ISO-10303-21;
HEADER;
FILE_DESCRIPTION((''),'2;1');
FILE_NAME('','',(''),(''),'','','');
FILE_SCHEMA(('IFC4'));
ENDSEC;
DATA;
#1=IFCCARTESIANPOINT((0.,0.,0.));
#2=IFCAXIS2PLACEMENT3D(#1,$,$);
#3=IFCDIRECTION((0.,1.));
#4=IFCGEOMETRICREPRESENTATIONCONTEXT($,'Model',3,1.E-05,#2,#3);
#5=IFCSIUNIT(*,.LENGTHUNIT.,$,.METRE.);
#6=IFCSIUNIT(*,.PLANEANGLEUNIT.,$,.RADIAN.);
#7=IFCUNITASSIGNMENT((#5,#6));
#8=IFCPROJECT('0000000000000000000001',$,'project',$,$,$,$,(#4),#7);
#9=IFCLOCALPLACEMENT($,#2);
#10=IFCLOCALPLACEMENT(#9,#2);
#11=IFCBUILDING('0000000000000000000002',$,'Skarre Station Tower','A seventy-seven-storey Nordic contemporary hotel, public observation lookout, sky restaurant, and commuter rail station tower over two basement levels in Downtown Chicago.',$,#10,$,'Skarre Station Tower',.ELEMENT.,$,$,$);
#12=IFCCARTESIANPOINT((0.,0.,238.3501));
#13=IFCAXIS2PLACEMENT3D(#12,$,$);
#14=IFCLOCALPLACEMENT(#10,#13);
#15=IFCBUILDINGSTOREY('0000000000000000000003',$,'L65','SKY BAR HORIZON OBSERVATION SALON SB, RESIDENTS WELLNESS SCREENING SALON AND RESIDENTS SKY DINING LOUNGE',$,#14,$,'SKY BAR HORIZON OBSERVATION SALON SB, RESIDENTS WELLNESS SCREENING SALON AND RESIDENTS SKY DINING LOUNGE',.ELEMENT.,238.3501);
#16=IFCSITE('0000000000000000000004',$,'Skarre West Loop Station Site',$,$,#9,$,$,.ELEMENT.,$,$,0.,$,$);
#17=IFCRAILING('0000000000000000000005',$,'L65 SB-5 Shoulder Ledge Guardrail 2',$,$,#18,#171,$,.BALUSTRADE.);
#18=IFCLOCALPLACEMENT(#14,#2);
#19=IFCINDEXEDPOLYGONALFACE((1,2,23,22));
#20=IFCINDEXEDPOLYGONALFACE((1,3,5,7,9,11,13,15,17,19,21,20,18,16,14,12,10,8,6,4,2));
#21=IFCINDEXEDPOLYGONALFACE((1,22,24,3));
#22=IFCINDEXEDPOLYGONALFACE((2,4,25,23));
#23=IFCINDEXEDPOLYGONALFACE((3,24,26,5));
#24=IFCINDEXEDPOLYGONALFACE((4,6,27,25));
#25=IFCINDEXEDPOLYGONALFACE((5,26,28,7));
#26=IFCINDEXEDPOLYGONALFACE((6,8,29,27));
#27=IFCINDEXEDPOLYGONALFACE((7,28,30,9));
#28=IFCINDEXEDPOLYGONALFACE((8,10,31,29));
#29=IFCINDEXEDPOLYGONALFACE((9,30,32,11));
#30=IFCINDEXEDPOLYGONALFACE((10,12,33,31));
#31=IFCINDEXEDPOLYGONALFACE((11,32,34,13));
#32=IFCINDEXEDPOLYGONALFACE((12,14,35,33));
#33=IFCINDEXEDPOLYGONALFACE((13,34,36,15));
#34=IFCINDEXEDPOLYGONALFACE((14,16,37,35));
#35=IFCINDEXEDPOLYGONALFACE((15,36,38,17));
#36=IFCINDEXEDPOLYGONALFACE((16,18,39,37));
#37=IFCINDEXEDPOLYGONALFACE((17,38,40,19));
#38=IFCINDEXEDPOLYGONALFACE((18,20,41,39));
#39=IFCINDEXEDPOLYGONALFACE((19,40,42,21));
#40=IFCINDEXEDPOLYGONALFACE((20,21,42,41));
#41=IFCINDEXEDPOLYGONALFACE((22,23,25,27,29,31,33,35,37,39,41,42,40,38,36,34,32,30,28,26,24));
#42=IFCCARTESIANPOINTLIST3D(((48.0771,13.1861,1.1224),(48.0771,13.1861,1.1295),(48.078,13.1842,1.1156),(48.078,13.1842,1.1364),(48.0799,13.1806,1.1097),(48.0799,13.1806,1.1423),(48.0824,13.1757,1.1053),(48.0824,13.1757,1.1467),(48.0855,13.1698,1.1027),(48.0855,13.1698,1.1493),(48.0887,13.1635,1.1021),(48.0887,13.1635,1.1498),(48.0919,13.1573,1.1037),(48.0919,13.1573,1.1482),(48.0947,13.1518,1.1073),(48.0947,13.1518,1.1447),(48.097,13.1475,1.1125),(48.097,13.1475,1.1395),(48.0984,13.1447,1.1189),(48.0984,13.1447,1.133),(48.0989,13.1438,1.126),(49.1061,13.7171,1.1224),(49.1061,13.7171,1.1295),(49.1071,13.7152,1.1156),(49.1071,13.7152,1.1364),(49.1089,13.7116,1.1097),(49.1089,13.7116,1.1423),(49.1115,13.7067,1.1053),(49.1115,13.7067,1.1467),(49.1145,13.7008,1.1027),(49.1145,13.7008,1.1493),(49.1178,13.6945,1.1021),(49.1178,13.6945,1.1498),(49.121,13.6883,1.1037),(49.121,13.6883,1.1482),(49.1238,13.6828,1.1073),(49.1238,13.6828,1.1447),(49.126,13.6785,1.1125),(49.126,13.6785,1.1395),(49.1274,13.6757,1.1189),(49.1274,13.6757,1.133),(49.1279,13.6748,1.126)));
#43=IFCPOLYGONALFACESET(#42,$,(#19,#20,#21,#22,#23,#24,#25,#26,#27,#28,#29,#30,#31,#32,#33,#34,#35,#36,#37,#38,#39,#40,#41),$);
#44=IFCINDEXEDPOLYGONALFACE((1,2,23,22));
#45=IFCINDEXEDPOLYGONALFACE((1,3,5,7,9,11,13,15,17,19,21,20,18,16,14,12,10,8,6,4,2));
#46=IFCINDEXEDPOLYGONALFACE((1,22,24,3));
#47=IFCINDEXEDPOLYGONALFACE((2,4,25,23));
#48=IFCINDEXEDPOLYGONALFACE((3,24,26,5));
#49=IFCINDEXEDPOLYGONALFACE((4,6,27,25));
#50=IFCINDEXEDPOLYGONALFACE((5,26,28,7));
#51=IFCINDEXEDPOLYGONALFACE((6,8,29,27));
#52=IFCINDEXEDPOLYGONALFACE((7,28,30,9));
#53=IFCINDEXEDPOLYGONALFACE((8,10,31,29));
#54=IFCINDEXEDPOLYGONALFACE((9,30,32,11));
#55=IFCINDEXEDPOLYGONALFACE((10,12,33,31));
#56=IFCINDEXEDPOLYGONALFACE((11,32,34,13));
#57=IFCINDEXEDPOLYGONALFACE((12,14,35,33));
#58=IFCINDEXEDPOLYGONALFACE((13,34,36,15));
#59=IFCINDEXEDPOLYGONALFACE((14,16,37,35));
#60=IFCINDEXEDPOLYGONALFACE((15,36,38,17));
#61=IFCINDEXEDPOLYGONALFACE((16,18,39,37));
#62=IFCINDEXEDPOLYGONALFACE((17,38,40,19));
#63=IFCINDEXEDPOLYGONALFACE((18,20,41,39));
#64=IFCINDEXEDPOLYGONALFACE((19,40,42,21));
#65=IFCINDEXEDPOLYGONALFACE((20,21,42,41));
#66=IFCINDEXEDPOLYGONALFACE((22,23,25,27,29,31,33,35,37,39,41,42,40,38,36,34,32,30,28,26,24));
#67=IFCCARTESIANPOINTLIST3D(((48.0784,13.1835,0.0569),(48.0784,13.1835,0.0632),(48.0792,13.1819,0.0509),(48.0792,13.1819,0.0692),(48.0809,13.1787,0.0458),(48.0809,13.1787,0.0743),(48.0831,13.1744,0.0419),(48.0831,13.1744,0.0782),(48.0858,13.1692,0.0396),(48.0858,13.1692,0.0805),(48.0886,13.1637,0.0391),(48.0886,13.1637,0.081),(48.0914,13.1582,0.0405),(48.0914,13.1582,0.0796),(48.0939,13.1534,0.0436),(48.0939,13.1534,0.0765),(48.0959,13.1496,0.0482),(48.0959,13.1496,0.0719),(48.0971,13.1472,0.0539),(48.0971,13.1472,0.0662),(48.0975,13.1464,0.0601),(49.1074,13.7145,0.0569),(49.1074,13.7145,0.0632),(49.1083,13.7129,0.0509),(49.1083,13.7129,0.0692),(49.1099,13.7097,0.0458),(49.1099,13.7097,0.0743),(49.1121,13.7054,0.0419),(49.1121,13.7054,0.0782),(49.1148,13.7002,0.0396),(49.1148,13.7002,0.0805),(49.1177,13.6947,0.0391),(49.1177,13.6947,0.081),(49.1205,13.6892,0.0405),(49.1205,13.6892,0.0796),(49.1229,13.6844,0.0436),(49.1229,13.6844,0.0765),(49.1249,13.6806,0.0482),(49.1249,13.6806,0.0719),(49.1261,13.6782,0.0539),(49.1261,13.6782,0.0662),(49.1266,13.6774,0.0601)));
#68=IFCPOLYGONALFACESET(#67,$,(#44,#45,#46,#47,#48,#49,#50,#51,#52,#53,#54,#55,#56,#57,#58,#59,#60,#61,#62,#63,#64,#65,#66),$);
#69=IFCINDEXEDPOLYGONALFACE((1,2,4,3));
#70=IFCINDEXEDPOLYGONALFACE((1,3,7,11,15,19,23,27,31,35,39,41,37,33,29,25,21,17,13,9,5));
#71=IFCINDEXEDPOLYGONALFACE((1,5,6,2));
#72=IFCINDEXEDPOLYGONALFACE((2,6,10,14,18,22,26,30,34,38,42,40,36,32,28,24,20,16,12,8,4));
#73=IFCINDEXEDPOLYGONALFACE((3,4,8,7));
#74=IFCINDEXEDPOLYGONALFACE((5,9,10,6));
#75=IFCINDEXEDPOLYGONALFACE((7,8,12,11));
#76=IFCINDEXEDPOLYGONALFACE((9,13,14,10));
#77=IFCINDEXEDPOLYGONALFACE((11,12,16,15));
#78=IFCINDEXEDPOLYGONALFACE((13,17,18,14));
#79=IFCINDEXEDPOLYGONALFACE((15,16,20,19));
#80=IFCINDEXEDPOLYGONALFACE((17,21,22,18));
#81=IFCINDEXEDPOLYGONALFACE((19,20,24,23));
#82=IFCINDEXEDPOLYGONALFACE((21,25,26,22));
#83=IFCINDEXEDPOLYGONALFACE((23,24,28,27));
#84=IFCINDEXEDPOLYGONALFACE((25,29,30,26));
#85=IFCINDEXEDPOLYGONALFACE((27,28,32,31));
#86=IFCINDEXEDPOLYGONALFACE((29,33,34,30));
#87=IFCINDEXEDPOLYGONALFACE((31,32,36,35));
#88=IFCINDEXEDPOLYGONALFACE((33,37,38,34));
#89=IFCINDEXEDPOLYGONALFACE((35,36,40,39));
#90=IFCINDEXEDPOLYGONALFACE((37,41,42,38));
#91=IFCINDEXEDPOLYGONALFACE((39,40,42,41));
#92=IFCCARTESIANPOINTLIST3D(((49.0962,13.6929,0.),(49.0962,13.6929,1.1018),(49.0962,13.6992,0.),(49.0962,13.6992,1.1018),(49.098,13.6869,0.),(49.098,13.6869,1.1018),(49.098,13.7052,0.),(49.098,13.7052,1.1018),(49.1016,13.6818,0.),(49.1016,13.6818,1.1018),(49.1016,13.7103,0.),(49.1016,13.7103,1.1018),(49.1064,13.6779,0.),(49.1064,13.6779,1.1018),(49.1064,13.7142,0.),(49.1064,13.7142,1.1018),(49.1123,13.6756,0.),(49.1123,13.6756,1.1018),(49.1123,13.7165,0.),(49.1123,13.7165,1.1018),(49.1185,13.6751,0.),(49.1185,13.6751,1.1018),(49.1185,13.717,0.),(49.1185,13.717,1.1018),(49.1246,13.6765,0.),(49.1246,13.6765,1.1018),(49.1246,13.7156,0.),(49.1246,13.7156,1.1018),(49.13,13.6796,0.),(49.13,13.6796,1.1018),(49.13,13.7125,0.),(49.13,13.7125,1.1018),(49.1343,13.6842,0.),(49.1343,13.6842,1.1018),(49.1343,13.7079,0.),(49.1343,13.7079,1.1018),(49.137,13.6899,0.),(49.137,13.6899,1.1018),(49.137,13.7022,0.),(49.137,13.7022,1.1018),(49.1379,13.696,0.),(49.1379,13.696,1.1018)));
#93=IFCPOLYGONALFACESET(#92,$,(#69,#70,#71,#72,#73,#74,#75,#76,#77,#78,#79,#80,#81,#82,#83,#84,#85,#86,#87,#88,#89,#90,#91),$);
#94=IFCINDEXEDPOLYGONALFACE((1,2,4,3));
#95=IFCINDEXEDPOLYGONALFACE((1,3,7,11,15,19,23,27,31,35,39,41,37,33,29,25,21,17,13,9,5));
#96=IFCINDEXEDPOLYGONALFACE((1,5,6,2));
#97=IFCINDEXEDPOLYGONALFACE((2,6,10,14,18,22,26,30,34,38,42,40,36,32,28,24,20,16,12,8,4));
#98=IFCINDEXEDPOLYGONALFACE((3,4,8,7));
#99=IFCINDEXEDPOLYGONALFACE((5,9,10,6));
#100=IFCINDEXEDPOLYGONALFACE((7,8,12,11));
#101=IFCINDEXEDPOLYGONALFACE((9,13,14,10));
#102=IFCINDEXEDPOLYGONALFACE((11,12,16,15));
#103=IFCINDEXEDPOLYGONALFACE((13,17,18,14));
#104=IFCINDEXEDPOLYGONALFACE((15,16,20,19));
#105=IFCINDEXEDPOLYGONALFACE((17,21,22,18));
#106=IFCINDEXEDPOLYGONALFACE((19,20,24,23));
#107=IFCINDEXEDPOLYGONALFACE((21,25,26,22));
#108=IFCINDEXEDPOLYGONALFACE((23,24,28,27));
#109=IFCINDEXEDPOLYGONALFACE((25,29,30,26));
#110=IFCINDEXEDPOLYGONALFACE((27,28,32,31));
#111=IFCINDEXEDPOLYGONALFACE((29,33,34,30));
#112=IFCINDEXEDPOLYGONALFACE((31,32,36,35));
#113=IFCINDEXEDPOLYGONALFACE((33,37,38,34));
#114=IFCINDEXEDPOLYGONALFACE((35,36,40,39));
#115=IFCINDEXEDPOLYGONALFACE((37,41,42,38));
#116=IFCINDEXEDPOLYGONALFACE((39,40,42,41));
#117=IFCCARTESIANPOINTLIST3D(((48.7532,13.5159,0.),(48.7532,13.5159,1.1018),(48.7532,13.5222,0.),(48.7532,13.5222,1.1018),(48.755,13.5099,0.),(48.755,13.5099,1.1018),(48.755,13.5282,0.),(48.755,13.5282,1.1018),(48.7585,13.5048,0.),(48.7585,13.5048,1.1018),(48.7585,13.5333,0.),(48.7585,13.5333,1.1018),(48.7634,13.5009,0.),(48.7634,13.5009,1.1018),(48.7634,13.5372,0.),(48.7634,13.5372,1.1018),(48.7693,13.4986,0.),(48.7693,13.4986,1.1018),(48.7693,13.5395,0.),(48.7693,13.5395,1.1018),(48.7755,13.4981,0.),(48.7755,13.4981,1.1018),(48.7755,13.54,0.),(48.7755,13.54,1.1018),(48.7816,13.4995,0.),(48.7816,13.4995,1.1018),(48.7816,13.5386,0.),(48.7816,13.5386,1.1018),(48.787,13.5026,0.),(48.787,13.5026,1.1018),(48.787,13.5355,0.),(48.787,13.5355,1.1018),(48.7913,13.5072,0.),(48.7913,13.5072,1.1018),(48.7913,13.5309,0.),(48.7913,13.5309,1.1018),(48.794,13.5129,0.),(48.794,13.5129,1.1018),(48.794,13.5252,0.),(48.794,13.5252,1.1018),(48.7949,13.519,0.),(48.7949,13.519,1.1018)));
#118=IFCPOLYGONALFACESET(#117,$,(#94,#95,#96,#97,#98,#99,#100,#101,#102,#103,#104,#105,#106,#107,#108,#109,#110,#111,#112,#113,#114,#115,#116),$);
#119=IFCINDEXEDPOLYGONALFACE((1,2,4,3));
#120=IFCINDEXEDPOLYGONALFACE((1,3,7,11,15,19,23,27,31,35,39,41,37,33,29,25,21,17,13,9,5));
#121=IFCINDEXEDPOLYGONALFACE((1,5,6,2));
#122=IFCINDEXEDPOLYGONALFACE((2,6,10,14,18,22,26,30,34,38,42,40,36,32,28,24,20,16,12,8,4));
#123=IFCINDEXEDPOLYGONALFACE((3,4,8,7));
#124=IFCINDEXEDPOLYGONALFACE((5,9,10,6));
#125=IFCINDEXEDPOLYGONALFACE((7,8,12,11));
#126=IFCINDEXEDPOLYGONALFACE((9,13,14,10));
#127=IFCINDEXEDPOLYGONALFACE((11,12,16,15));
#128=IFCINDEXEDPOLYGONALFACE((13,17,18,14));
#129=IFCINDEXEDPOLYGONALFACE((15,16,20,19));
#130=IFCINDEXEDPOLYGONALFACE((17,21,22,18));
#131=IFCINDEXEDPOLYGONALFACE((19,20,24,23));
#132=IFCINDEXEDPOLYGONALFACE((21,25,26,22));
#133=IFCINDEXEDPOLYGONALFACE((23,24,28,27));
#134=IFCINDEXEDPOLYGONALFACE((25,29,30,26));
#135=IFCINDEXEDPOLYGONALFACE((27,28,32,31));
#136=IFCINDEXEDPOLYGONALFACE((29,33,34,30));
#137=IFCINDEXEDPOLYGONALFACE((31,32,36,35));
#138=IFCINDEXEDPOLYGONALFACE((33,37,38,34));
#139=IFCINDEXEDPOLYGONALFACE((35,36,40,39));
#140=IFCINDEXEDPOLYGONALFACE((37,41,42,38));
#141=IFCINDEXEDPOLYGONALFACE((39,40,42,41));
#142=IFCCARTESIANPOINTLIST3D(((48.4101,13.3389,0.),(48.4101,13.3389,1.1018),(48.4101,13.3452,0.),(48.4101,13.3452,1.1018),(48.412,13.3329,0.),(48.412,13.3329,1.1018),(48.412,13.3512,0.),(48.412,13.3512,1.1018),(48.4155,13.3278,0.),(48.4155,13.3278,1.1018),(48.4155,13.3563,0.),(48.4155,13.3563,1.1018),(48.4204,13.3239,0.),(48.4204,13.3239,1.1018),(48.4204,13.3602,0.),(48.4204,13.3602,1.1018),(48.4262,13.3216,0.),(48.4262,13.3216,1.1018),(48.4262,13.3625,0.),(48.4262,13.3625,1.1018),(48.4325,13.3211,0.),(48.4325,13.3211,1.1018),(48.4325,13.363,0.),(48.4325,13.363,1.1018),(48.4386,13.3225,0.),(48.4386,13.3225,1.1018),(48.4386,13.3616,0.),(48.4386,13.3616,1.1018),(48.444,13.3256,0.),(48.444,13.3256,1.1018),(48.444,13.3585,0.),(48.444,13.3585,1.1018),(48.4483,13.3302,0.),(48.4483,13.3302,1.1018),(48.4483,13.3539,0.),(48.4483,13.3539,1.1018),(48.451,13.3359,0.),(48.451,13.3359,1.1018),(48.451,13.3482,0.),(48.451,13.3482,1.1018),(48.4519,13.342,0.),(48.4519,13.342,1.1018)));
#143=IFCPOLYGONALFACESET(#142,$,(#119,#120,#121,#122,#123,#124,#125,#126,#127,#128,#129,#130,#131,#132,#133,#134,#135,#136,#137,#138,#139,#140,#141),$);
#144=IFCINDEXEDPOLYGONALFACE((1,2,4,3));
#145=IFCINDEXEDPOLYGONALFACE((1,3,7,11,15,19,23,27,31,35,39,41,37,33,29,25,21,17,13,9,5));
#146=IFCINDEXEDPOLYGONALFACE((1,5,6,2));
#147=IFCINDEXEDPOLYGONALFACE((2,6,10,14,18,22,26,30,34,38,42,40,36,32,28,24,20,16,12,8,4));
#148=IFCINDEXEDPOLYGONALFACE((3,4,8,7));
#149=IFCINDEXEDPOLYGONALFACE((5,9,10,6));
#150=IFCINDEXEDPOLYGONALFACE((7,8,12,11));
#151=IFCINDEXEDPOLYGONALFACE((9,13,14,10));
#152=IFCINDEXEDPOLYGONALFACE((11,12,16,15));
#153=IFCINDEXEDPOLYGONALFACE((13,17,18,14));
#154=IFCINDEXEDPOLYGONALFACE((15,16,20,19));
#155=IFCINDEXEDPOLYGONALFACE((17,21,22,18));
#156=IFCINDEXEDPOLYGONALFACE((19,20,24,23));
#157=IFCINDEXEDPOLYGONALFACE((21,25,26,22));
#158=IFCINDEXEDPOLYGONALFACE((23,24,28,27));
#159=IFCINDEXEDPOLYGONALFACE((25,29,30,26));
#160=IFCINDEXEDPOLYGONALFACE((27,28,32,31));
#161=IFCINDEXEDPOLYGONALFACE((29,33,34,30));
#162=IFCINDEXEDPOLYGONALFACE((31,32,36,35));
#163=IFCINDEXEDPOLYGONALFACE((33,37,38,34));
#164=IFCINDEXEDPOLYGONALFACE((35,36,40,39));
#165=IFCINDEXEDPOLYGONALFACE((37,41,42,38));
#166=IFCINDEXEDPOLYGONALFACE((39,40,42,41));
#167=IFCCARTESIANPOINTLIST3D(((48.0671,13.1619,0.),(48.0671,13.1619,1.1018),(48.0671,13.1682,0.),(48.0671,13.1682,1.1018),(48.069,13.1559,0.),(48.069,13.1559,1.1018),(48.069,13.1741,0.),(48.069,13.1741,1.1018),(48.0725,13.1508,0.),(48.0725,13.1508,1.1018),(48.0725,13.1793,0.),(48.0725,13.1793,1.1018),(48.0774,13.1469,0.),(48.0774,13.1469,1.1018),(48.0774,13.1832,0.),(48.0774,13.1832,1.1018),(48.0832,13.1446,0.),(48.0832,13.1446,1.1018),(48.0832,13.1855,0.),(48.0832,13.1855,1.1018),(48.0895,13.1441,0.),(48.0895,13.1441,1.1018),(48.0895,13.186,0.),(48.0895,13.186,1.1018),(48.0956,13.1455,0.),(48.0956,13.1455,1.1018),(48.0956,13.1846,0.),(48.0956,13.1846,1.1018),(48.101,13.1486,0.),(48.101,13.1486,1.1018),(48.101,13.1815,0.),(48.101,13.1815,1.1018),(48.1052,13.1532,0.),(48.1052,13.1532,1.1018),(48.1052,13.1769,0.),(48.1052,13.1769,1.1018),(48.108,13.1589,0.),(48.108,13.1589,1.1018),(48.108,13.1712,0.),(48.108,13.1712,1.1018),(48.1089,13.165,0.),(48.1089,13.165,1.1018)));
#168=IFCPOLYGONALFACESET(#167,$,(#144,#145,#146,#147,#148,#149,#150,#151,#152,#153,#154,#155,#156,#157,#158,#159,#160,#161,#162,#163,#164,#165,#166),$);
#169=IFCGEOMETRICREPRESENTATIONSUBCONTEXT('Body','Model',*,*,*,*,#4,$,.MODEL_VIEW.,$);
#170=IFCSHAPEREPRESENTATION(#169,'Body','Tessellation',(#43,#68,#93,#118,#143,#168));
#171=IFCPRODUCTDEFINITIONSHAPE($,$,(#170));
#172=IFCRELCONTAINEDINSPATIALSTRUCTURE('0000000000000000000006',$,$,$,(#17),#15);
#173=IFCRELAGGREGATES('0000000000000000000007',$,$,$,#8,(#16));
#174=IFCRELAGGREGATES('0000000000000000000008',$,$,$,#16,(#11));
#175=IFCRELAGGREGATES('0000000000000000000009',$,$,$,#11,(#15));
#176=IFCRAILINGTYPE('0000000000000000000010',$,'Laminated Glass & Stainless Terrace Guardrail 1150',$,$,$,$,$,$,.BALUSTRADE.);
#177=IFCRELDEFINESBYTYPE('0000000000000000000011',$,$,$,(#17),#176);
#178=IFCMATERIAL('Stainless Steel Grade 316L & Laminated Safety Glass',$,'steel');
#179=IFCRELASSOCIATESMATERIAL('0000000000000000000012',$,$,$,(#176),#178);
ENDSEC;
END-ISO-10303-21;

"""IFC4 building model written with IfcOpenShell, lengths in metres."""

from ifc_helpers import new_model, si_unit, direction, frame, origin, origin_2d, place, context, subcontext, project, spatial, circle, extrude, material, type_object, element, save


model = new_model("IFC4")

# Units and contexts
model_context = context("Model", 3, precision=1e-05, world=origin(), true_north=direction((0.0, 1.0)))
body_context = subcontext(model_context, "Body", "Model", "MODEL_VIEW")
ifc_project = project(units=[si_unit("LENGTHUNIT", "METRE"), si_unit("PLANEANGLEUNIT", "RADIAN")], contexts=[model_context])

# Site, building, storey
site_placement = place(None, origin())
site = spatial("IfcSite", under=ifc_project, at=site_placement, Name="Skarre West Loop Station Site", CompositionType="ELEMENT", RefElevation=0.0)
building_placement = place(site_placement, origin())
building = spatial("IfcBuilding", under=site, at=building_placement, Name="Skarre Station Tower", Description="A seventy-seven-storey Nordic contemporary hotel, public observation lookout, sky restaurant, and commuter rail station tower over two basement levels in Downtown Chicago.", LongName="Skarre Station Tower", CompositionType="ELEMENT")
storey_placement = place(building_placement, frame((0.0, 0.0, 238.3501)))
storey = spatial("IfcBuildingStorey", under=building, at=storey_placement, Name="L65", Description="SKY BAR HORIZON OBSERVATION SALON SB, RESIDENTS WELLNESS SCREENING SALON AND RESIDENTS SKY DINING LOUNGE", LongName="SKY BAR HORIZON OBSERVATION SALON SB, RESIDENTS WELLNESS SCREENING SALON AND RESIDENTS SKY DINING LOUNGE", CompositionType="ELEMENT", Elevation=238.3501)

# Railing
ifc_material_1 = material(Name="Stainless Steel Grade 316L & Laminated Safety Glass", Category="steel")
railing_type = type_object("IfcRailingType", Name="Laminated Glass & Stainless Terrace Guardrail 1150", PredefinedType="BALUSTRADE", material=ifc_material_1)
railing_placement = place(storey_placement, frame((49.1169, 13.696, 0.0)))
element("IfcRailing", 1, at=railing_placement, inside=storey, type_object=railing_type, Name="L65 SB-5 Shoulder Ledge Guardrail 2", PredefinedType="BALUSTRADE", context=body_context, shape_type="SweptSolid", body=[
    extrude(circle(Radius=0.0239, at=origin_2d()), frame((0.0, 0.0, 1.126), z_axis=(-0.888662, -0.458562, 0.0), x_axis=(0.458562, -0.888662, 0.0)), (0.0, 0.0, 1.0), 1.158),
    extrude(circle(Radius=0.021, at=origin_2d()), frame((0.0, 0.0, 0.0601), z_axis=(-0.888662, -0.458562, 0.0), x_axis=(0.458562, -0.888662, 0.0)), (0.0, 0.0, 1.0), 1.158),
    extrude(circle(Radius=0.021, at=origin_2d()), origin(), (0.0, 0.0, 1.0), 1.1018),
    extrude(circle(Radius=0.021, at=origin_2d()), frame((-0.343, -0.177, 0.0)), (0.0, 0.0, 1.0), 1.1018),
    extrude(circle(Radius=0.021, at=origin_2d()), frame((-0.686, -0.354, 0.0)), (0.0, 0.0, 1.0), 1.1018),
    extrude(circle(Radius=0.021, at=origin_2d()), frame((-1.0291, -0.531, 0.0)), (0.0, 0.0, 1.0), 1.1018),
])

save(model, "model.ifc")
